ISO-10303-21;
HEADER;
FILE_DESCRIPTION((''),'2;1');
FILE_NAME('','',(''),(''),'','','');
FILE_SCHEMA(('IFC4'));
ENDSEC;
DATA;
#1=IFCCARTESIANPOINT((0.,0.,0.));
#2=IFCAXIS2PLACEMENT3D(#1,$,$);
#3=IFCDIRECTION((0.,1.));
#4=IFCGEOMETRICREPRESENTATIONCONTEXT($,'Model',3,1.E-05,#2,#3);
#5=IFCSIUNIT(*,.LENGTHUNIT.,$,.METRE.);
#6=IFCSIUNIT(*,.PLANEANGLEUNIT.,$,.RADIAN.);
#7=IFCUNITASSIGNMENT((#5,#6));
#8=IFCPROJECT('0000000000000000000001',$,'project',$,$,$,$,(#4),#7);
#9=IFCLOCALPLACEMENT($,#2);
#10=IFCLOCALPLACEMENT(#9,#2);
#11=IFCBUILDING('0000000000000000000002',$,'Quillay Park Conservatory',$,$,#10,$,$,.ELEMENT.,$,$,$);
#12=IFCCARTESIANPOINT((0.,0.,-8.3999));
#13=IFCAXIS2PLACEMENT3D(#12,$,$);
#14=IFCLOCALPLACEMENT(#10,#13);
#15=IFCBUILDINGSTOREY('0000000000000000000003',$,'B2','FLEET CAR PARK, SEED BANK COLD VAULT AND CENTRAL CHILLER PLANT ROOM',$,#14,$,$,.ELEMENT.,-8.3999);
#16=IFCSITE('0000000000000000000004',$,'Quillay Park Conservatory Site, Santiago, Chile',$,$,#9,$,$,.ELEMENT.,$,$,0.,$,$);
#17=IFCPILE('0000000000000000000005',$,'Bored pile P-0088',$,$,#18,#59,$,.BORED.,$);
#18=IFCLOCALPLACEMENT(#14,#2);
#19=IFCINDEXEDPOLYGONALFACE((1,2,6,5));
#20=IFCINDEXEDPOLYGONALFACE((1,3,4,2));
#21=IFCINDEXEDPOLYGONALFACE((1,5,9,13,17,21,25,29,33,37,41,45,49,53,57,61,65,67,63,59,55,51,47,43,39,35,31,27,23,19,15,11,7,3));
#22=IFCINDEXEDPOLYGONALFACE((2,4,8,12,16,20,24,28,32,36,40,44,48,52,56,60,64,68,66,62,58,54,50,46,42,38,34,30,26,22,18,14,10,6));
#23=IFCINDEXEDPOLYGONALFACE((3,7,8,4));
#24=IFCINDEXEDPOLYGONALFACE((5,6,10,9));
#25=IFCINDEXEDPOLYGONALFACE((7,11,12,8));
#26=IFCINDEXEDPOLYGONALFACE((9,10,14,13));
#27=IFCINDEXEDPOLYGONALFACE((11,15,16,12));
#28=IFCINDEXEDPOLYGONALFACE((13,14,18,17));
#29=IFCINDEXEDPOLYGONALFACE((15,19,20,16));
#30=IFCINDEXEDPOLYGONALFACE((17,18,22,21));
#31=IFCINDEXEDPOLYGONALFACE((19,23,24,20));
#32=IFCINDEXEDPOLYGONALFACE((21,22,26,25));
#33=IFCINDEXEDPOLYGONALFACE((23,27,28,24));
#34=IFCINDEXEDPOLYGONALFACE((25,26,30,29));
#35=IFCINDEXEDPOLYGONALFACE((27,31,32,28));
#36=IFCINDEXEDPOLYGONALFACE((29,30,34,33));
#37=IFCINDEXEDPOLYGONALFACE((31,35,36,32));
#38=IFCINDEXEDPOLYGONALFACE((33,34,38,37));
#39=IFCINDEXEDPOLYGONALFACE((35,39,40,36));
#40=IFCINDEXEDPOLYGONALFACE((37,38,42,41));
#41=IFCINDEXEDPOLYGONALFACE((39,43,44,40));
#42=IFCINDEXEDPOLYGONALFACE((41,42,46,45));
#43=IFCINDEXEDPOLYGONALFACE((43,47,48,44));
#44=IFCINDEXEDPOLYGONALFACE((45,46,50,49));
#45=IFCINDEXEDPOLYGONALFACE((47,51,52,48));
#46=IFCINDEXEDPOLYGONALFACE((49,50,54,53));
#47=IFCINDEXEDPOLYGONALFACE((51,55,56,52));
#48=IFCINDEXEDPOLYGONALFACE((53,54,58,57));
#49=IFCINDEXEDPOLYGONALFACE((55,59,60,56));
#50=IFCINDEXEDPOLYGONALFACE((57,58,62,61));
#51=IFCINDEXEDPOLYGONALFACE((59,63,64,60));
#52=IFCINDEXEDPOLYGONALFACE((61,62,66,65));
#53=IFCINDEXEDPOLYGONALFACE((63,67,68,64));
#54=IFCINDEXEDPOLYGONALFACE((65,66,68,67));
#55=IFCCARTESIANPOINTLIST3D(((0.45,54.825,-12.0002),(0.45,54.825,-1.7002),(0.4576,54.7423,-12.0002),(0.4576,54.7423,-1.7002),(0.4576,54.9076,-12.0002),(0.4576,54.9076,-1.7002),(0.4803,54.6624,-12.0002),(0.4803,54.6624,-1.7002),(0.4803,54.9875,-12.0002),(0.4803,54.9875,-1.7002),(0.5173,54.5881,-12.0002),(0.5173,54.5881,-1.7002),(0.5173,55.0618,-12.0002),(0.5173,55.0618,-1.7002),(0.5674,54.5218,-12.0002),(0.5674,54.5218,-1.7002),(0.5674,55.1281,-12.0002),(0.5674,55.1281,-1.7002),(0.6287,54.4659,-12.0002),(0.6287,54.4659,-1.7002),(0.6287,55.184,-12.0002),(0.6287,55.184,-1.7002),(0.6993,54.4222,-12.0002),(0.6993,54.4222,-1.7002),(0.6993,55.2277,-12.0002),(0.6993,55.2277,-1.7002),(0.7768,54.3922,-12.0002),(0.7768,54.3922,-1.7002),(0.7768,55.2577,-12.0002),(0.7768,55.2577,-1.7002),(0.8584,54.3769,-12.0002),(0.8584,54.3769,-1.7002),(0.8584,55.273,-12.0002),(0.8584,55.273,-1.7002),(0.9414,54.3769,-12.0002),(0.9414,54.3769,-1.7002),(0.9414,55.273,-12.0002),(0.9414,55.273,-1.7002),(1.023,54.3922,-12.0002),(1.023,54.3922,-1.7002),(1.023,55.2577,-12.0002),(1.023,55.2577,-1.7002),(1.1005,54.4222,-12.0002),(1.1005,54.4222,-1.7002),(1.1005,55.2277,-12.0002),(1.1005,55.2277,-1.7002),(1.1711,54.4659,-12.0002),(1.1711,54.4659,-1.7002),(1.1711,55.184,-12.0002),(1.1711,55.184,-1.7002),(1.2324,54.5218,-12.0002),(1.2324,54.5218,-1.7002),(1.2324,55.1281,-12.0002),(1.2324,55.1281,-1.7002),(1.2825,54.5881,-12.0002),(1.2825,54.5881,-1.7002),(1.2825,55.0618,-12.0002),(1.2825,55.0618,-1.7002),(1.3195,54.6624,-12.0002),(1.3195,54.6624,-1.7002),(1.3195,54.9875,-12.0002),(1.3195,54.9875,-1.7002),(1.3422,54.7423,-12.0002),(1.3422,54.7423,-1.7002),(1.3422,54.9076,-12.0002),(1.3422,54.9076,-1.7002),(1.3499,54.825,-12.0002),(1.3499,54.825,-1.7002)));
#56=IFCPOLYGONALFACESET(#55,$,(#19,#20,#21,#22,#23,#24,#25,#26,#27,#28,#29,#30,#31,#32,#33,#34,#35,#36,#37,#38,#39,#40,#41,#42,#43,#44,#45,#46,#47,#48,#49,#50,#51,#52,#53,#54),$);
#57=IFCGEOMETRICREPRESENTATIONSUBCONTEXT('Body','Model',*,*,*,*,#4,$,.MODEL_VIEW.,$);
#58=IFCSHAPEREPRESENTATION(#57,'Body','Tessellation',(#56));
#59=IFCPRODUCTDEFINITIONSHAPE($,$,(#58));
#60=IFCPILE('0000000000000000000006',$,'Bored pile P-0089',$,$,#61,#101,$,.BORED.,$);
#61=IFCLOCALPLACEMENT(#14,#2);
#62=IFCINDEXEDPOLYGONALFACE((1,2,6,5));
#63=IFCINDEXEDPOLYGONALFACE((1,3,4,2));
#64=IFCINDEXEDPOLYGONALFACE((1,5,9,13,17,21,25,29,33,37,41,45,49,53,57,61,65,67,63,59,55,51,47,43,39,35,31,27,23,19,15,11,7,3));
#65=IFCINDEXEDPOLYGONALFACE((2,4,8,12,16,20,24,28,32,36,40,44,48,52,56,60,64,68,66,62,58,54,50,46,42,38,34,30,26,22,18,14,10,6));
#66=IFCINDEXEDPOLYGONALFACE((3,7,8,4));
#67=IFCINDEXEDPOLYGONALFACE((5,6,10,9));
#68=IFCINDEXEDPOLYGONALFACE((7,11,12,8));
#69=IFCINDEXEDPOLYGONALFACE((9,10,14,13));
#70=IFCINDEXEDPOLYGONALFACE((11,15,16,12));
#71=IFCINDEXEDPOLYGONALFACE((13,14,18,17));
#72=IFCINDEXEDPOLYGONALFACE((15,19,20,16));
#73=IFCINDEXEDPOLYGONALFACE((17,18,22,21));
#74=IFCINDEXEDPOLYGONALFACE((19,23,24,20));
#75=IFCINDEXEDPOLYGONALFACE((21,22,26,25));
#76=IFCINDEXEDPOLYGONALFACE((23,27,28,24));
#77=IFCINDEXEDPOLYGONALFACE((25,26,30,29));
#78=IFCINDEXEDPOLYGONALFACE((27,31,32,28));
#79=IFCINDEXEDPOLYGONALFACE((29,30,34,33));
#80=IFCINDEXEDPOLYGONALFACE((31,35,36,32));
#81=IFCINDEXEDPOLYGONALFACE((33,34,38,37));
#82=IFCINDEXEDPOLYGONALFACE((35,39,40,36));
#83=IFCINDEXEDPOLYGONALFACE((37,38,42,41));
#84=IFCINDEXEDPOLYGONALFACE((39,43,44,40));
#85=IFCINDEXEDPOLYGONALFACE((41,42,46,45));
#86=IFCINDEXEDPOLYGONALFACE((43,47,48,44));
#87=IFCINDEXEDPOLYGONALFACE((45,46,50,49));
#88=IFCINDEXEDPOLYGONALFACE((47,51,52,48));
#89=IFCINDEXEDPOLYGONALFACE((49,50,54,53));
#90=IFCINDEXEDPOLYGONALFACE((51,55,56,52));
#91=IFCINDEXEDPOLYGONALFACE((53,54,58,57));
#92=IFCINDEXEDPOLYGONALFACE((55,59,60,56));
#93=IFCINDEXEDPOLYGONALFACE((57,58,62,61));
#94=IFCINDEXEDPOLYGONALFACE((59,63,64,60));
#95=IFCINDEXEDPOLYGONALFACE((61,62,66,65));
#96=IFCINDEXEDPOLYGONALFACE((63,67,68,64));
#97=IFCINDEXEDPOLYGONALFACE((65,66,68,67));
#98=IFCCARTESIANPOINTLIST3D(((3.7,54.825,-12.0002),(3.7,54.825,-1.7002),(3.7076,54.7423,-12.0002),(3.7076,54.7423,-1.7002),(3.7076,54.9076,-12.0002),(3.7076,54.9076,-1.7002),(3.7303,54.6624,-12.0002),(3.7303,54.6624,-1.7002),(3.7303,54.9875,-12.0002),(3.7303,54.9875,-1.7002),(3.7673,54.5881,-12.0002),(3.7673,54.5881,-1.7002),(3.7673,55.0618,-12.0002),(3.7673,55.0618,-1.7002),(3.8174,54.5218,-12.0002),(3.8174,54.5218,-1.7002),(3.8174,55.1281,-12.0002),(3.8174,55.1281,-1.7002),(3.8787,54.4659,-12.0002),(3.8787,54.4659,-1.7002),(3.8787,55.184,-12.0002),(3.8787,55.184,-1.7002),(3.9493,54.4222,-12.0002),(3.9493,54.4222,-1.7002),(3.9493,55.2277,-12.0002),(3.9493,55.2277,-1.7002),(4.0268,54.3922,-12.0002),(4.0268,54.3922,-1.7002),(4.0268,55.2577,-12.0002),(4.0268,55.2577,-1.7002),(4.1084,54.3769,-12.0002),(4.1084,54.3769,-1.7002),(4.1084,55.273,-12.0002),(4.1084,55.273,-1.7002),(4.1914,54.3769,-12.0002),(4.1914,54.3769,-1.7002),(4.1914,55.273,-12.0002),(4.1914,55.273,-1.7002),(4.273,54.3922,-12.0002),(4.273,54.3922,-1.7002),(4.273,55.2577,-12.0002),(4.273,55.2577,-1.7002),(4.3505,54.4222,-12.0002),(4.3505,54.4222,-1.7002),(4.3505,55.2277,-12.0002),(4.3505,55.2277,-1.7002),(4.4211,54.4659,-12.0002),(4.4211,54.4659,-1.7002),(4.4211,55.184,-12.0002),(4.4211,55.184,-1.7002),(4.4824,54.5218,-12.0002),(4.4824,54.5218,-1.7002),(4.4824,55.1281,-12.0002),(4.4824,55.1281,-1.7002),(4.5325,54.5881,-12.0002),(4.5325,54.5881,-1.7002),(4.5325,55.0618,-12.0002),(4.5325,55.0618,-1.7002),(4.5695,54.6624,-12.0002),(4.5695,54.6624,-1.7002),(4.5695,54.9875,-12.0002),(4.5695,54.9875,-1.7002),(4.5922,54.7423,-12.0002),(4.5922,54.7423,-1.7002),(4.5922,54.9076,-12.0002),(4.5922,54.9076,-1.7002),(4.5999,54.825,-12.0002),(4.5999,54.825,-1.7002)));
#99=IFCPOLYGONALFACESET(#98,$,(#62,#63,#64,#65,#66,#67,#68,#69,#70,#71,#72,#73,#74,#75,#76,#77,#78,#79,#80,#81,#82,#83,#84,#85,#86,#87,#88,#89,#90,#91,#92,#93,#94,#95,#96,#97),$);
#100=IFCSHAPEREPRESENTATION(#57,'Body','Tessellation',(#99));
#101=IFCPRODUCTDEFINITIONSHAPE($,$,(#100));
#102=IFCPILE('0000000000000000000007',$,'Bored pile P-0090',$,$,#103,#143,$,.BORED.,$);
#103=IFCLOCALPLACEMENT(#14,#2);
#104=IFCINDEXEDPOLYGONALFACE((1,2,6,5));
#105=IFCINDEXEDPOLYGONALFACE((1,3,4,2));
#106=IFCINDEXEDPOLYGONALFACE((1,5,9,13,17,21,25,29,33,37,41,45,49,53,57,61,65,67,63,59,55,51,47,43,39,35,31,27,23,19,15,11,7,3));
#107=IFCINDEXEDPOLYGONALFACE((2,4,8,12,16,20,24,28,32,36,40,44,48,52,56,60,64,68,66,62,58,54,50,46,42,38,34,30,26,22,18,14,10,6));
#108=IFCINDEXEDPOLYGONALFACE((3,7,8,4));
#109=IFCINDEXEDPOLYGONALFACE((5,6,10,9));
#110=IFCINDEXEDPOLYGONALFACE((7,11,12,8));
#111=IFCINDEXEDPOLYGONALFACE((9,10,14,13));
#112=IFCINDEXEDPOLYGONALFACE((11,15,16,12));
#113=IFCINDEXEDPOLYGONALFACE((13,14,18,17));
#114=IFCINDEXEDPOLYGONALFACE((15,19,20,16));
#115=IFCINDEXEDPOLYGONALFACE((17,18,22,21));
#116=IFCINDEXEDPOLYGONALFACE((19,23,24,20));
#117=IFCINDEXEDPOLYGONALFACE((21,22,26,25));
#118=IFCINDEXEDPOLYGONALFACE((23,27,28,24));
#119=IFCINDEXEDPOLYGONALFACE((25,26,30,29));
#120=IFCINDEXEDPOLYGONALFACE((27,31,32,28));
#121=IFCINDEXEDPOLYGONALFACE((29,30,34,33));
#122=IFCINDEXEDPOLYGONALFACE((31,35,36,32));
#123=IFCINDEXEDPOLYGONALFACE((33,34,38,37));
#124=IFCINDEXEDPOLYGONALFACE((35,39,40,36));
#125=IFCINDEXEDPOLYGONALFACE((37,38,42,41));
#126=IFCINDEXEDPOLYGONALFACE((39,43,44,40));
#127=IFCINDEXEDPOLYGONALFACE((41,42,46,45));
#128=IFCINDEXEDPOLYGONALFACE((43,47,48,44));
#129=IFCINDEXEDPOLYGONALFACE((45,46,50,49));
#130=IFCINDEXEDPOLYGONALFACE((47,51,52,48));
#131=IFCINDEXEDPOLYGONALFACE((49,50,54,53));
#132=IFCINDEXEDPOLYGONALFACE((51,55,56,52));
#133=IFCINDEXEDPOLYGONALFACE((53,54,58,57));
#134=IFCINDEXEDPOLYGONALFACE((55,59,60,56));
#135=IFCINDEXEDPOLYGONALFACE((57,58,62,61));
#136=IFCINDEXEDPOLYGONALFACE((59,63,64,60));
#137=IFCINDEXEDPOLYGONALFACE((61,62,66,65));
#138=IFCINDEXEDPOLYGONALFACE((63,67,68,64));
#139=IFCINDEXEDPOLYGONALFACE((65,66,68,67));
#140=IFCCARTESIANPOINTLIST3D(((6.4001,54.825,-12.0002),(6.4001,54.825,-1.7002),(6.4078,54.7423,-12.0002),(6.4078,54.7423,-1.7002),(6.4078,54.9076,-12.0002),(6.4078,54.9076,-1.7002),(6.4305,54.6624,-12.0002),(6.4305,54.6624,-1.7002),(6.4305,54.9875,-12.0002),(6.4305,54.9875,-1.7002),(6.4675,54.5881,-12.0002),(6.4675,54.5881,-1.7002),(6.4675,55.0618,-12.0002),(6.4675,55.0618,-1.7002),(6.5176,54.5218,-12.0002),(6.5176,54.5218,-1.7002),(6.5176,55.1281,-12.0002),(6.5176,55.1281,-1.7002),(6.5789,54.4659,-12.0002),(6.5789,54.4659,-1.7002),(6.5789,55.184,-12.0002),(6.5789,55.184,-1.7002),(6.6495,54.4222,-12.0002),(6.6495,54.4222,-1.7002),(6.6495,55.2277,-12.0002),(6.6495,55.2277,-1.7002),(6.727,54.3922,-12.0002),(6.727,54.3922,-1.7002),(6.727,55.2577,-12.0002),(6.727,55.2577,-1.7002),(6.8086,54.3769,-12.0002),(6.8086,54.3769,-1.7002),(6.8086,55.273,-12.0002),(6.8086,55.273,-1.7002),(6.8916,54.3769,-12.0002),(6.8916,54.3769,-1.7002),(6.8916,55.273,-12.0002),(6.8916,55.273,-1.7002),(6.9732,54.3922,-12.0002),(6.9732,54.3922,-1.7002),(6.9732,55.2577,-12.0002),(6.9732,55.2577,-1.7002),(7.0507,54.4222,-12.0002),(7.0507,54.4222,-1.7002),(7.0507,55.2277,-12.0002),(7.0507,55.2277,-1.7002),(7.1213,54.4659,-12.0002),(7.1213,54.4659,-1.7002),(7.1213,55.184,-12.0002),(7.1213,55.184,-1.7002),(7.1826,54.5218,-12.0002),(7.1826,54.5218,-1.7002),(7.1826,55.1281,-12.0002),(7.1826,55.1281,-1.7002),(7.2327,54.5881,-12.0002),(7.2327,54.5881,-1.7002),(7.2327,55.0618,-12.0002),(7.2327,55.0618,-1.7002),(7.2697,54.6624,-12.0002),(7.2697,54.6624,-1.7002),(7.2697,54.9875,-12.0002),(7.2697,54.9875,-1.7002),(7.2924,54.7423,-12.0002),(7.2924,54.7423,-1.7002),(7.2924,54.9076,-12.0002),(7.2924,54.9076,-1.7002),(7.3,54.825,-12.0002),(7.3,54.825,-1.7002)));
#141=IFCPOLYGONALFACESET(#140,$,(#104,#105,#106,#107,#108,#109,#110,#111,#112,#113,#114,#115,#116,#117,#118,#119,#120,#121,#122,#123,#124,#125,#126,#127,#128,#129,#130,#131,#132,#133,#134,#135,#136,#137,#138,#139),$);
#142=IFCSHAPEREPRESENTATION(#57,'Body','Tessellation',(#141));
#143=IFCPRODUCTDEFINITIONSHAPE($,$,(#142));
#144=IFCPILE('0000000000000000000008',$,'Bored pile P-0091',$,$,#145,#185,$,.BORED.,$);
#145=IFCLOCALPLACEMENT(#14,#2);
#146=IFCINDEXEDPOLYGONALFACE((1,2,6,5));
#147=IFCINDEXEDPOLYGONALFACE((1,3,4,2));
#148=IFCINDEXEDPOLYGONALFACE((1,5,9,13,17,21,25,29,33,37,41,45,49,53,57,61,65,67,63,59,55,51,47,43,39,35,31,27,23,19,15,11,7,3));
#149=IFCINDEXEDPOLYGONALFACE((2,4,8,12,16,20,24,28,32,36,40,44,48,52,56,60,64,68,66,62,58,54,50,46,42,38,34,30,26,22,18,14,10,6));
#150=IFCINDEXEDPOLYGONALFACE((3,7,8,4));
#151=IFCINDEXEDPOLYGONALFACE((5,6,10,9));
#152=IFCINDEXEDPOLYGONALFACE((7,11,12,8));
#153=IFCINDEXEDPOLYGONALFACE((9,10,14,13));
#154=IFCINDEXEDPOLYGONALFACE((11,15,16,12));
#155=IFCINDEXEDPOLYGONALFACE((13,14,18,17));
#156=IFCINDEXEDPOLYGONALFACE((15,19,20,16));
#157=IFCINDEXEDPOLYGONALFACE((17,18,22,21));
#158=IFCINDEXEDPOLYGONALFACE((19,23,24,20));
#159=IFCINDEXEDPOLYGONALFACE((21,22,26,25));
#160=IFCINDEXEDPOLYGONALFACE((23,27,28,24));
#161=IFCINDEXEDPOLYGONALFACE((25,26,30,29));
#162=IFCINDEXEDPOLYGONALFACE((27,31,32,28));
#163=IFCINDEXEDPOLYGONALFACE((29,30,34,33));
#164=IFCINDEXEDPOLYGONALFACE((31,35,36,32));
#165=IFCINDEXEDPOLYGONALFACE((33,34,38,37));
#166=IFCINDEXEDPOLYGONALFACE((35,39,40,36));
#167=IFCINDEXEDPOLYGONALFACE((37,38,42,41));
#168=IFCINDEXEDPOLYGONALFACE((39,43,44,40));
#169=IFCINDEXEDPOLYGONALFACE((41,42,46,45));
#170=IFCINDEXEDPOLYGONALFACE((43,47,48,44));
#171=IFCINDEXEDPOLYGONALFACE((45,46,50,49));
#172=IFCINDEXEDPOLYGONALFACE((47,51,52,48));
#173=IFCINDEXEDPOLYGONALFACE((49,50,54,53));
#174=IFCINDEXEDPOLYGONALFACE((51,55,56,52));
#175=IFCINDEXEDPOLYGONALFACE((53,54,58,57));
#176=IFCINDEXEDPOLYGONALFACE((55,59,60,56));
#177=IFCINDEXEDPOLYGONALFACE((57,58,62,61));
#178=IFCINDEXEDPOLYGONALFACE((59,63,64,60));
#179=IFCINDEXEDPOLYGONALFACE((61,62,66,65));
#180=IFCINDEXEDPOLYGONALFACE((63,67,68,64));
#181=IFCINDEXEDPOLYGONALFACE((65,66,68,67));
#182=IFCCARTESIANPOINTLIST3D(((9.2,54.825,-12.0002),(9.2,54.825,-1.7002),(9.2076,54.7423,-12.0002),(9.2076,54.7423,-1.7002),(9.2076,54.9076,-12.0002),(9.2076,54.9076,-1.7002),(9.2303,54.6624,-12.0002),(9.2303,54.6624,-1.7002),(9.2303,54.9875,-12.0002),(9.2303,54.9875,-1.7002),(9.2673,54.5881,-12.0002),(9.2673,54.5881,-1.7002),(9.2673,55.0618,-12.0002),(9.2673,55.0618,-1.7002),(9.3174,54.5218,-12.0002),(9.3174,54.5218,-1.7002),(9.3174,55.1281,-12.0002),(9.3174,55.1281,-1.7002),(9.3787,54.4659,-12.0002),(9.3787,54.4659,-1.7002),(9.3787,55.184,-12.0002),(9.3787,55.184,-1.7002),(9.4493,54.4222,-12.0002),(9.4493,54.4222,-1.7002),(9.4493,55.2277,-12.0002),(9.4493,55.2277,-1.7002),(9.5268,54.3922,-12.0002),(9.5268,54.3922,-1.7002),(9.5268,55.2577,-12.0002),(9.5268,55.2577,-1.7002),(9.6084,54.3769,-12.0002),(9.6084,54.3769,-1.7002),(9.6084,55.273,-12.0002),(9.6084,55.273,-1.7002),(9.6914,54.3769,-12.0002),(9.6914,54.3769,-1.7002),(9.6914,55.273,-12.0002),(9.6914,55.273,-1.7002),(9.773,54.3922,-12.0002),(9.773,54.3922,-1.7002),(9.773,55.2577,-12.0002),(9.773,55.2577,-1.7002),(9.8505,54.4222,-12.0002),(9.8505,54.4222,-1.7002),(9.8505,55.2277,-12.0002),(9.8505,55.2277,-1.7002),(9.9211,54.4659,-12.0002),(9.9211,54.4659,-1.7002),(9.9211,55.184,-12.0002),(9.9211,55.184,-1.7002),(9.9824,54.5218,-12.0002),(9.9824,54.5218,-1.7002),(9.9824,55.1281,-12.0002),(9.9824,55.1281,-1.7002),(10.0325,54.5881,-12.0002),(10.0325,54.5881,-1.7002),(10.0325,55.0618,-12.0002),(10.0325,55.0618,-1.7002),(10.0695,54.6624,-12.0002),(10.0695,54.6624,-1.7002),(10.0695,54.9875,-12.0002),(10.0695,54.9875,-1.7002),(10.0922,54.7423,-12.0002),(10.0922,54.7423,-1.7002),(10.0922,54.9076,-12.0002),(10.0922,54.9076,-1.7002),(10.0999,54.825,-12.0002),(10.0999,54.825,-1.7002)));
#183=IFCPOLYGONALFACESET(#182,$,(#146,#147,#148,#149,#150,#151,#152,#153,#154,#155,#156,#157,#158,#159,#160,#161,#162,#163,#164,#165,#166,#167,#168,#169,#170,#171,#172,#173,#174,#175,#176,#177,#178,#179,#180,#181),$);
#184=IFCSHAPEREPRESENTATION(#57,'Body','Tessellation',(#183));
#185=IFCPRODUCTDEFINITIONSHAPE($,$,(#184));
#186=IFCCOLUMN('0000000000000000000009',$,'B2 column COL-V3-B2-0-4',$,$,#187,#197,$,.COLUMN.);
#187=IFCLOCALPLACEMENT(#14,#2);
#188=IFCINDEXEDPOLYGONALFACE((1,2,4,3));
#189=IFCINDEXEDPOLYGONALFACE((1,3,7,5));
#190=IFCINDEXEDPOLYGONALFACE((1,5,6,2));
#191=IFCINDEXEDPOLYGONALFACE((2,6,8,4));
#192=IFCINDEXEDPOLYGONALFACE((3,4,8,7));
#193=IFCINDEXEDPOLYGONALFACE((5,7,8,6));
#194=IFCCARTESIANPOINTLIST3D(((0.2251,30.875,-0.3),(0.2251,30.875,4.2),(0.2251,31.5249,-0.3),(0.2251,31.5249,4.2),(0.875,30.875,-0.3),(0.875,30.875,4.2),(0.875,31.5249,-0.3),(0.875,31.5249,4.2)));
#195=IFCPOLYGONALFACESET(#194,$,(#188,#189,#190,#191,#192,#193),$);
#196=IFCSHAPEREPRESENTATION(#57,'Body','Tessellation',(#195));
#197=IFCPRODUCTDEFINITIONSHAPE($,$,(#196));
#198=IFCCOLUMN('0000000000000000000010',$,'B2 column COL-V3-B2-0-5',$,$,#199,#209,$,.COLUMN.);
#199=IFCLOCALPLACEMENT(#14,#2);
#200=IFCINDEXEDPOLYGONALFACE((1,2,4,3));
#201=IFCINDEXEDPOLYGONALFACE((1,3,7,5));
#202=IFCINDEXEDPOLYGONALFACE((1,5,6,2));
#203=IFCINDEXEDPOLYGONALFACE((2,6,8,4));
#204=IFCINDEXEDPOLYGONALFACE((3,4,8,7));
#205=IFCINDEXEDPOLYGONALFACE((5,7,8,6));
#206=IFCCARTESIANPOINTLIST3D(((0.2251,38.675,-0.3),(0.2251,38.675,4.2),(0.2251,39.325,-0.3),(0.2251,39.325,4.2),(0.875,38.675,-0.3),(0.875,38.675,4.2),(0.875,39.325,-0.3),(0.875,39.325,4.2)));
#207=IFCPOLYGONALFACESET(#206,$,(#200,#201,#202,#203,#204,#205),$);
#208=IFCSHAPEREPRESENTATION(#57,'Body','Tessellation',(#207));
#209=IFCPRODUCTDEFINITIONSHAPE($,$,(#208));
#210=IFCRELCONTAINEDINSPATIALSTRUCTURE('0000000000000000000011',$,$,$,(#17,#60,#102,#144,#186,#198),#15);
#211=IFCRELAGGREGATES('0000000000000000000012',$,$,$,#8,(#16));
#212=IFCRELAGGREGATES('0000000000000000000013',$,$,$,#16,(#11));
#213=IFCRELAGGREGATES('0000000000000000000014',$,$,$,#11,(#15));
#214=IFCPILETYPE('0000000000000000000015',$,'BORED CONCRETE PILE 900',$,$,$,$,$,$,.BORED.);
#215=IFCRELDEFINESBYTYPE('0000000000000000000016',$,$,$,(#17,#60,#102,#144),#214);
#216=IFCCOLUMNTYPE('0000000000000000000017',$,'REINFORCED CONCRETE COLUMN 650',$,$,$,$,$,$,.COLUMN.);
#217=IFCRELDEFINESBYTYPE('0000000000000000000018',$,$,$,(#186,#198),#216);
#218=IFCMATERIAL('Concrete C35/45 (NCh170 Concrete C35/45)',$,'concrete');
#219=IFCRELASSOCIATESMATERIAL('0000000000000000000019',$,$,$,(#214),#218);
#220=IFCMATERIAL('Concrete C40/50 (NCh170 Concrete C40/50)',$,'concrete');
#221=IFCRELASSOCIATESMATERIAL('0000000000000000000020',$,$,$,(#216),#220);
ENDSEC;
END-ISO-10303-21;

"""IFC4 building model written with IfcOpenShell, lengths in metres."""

from ifc_helpers import new_model, si_unit, direction, frame, origin, origin_2d, place, context, subcontext, project, spatial, rectangle, circle, extrude, material, material_profile, profile_set, type_object, element, save


model = new_model("IFC4")

# Units and contexts
model_context = context("Model", 3, precision=1e-05, world=origin(), true_north=direction((0.0, 1.0)))
body_context = subcontext(model_context, "Body", "Model", "MODEL_VIEW")
ifc_project = project(units=[si_unit("LENGTHUNIT", "METRE"), si_unit("PLANEANGLEUNIT", "RADIAN")], contexts=[model_context])

# Site, building, storey
site_placement = place(None, origin())
site = spatial("IfcSite", under=ifc_project, at=site_placement, Name="Quillay Park Conservatory Site, Santiago, Chile", CompositionType="ELEMENT", RefElevation=0.0)
building_placement = place(site_placement, origin())
building = spatial("IfcBuilding", under=site, at=building_placement, Name="Quillay Park Conservatory", CompositionType="ELEMENT")
storey_placement = place(building_placement, frame((0.0, 0.0, -8.3999)))
storey = spatial("IfcBuildingStorey", under=building, at=storey_placement, Name="B2", Description="FLEET CAR PARK, SEED BANK COLD VAULT AND CENTRAL CHILLER PLANT ROOM", CompositionType="ELEMENT", Elevation=-8.3999)

# Piles
ifc_material_1 = material(Name="Concrete C35/45 (NCh170 Concrete C35/45)", Category="concrete")
ifc_material_profile_1 = material_profile(ifc_material_1, circle(Radius=0.45, at=origin_2d()), Name="PILE900")
ifc_profile_set_1 = profile_set([ifc_material_profile_1], Name="Concrete C35/45 (NCh170 Concrete C35/45)")
pile_type_1 = type_object("IfcPileType", Name="BORED CONCRETE PILE 900", PredefinedType="BORED", material=ifc_profile_set_1)
for number, where, z_axis, x_axis, name in (
    (1, (0.8999, 54.825, -1.7002), (0.0, 0.0, -1.0), (1.0, 0.0, 0.0), "Bored pile P-0088"),
    (2, (4.1499, 54.825, -1.7002), (0.0, 0.0, -1.0), (1.0, 0.0, 0.0), "Bored pile P-0089"),
    (3, (6.8501, 54.825, -1.7002), (0.0, 0.0, -1.0), (1.0, 0.0, 0.0), "Bored pile P-0090"),
    (4, (9.6499, 54.825, -1.7002), (0.0, 0.0, -1.0), (1.0, 0.0, 0.0), "Bored pile P-0091"),
):
    element("IfcPile", number, at=place(storey_placement, frame(where, z_axis=z_axis, x_axis=x_axis)), inside=storey, type_object=pile_type_1, Name=name, PredefinedType="BORED", context=body_context, shape_type="SweptSolid", body=[
        extrude(circle(Radius=0.45, at=origin_2d()), origin(), (0.0, 0.0, 1.0), 10.3),
    ])

# Columns
ifc_material_2 = material(Name="Concrete C40/50 (NCh170 Concrete C40/50)", Category="concrete")
ifc_material_profile_2 = material_profile(ifc_material_2, rectangle(XDim=0.6499, YDim=0.6499, at=origin_2d()), Name="RC650x650")
ifc_profile_set_2 = profile_set([ifc_material_profile_2], Name="Concrete C40/50 (NCh170 Concrete C40/50)")
column_type = type_object("IfcColumnType", Name="REINFORCED CONCRETE COLUMN 650", PredefinedType="COLUMN", material=ifc_profile_set_2)
for number, where, z_axis, x_axis, name in (
    (5, (0.55, 31.2, -0.3), (0.0, 0.0, 1.0), (1.0, 0.0, 0.0), "B2 column COL-V3-B2-0-4"),
    (6, (0.55, 39.0, -0.3), (0.0, 0.0, 1.0), (1.0, 0.0, 0.0), "B2 column COL-V3-B2-0-5"),
):
    element("IfcColumn", number, at=place(storey_placement, frame(where, z_axis=z_axis, x_axis=x_axis)), inside=storey, type_object=column_type, Name=name, PredefinedType="COLUMN", context=body_context, shape_type="SweptSolid", body=[
        extrude(rectangle(XDim=0.6499, YDim=0.6499, at=origin_2d()), origin(), (0.0, 0.0, 1.0), 4.5),
    ])

save(model, "model.ifc")
